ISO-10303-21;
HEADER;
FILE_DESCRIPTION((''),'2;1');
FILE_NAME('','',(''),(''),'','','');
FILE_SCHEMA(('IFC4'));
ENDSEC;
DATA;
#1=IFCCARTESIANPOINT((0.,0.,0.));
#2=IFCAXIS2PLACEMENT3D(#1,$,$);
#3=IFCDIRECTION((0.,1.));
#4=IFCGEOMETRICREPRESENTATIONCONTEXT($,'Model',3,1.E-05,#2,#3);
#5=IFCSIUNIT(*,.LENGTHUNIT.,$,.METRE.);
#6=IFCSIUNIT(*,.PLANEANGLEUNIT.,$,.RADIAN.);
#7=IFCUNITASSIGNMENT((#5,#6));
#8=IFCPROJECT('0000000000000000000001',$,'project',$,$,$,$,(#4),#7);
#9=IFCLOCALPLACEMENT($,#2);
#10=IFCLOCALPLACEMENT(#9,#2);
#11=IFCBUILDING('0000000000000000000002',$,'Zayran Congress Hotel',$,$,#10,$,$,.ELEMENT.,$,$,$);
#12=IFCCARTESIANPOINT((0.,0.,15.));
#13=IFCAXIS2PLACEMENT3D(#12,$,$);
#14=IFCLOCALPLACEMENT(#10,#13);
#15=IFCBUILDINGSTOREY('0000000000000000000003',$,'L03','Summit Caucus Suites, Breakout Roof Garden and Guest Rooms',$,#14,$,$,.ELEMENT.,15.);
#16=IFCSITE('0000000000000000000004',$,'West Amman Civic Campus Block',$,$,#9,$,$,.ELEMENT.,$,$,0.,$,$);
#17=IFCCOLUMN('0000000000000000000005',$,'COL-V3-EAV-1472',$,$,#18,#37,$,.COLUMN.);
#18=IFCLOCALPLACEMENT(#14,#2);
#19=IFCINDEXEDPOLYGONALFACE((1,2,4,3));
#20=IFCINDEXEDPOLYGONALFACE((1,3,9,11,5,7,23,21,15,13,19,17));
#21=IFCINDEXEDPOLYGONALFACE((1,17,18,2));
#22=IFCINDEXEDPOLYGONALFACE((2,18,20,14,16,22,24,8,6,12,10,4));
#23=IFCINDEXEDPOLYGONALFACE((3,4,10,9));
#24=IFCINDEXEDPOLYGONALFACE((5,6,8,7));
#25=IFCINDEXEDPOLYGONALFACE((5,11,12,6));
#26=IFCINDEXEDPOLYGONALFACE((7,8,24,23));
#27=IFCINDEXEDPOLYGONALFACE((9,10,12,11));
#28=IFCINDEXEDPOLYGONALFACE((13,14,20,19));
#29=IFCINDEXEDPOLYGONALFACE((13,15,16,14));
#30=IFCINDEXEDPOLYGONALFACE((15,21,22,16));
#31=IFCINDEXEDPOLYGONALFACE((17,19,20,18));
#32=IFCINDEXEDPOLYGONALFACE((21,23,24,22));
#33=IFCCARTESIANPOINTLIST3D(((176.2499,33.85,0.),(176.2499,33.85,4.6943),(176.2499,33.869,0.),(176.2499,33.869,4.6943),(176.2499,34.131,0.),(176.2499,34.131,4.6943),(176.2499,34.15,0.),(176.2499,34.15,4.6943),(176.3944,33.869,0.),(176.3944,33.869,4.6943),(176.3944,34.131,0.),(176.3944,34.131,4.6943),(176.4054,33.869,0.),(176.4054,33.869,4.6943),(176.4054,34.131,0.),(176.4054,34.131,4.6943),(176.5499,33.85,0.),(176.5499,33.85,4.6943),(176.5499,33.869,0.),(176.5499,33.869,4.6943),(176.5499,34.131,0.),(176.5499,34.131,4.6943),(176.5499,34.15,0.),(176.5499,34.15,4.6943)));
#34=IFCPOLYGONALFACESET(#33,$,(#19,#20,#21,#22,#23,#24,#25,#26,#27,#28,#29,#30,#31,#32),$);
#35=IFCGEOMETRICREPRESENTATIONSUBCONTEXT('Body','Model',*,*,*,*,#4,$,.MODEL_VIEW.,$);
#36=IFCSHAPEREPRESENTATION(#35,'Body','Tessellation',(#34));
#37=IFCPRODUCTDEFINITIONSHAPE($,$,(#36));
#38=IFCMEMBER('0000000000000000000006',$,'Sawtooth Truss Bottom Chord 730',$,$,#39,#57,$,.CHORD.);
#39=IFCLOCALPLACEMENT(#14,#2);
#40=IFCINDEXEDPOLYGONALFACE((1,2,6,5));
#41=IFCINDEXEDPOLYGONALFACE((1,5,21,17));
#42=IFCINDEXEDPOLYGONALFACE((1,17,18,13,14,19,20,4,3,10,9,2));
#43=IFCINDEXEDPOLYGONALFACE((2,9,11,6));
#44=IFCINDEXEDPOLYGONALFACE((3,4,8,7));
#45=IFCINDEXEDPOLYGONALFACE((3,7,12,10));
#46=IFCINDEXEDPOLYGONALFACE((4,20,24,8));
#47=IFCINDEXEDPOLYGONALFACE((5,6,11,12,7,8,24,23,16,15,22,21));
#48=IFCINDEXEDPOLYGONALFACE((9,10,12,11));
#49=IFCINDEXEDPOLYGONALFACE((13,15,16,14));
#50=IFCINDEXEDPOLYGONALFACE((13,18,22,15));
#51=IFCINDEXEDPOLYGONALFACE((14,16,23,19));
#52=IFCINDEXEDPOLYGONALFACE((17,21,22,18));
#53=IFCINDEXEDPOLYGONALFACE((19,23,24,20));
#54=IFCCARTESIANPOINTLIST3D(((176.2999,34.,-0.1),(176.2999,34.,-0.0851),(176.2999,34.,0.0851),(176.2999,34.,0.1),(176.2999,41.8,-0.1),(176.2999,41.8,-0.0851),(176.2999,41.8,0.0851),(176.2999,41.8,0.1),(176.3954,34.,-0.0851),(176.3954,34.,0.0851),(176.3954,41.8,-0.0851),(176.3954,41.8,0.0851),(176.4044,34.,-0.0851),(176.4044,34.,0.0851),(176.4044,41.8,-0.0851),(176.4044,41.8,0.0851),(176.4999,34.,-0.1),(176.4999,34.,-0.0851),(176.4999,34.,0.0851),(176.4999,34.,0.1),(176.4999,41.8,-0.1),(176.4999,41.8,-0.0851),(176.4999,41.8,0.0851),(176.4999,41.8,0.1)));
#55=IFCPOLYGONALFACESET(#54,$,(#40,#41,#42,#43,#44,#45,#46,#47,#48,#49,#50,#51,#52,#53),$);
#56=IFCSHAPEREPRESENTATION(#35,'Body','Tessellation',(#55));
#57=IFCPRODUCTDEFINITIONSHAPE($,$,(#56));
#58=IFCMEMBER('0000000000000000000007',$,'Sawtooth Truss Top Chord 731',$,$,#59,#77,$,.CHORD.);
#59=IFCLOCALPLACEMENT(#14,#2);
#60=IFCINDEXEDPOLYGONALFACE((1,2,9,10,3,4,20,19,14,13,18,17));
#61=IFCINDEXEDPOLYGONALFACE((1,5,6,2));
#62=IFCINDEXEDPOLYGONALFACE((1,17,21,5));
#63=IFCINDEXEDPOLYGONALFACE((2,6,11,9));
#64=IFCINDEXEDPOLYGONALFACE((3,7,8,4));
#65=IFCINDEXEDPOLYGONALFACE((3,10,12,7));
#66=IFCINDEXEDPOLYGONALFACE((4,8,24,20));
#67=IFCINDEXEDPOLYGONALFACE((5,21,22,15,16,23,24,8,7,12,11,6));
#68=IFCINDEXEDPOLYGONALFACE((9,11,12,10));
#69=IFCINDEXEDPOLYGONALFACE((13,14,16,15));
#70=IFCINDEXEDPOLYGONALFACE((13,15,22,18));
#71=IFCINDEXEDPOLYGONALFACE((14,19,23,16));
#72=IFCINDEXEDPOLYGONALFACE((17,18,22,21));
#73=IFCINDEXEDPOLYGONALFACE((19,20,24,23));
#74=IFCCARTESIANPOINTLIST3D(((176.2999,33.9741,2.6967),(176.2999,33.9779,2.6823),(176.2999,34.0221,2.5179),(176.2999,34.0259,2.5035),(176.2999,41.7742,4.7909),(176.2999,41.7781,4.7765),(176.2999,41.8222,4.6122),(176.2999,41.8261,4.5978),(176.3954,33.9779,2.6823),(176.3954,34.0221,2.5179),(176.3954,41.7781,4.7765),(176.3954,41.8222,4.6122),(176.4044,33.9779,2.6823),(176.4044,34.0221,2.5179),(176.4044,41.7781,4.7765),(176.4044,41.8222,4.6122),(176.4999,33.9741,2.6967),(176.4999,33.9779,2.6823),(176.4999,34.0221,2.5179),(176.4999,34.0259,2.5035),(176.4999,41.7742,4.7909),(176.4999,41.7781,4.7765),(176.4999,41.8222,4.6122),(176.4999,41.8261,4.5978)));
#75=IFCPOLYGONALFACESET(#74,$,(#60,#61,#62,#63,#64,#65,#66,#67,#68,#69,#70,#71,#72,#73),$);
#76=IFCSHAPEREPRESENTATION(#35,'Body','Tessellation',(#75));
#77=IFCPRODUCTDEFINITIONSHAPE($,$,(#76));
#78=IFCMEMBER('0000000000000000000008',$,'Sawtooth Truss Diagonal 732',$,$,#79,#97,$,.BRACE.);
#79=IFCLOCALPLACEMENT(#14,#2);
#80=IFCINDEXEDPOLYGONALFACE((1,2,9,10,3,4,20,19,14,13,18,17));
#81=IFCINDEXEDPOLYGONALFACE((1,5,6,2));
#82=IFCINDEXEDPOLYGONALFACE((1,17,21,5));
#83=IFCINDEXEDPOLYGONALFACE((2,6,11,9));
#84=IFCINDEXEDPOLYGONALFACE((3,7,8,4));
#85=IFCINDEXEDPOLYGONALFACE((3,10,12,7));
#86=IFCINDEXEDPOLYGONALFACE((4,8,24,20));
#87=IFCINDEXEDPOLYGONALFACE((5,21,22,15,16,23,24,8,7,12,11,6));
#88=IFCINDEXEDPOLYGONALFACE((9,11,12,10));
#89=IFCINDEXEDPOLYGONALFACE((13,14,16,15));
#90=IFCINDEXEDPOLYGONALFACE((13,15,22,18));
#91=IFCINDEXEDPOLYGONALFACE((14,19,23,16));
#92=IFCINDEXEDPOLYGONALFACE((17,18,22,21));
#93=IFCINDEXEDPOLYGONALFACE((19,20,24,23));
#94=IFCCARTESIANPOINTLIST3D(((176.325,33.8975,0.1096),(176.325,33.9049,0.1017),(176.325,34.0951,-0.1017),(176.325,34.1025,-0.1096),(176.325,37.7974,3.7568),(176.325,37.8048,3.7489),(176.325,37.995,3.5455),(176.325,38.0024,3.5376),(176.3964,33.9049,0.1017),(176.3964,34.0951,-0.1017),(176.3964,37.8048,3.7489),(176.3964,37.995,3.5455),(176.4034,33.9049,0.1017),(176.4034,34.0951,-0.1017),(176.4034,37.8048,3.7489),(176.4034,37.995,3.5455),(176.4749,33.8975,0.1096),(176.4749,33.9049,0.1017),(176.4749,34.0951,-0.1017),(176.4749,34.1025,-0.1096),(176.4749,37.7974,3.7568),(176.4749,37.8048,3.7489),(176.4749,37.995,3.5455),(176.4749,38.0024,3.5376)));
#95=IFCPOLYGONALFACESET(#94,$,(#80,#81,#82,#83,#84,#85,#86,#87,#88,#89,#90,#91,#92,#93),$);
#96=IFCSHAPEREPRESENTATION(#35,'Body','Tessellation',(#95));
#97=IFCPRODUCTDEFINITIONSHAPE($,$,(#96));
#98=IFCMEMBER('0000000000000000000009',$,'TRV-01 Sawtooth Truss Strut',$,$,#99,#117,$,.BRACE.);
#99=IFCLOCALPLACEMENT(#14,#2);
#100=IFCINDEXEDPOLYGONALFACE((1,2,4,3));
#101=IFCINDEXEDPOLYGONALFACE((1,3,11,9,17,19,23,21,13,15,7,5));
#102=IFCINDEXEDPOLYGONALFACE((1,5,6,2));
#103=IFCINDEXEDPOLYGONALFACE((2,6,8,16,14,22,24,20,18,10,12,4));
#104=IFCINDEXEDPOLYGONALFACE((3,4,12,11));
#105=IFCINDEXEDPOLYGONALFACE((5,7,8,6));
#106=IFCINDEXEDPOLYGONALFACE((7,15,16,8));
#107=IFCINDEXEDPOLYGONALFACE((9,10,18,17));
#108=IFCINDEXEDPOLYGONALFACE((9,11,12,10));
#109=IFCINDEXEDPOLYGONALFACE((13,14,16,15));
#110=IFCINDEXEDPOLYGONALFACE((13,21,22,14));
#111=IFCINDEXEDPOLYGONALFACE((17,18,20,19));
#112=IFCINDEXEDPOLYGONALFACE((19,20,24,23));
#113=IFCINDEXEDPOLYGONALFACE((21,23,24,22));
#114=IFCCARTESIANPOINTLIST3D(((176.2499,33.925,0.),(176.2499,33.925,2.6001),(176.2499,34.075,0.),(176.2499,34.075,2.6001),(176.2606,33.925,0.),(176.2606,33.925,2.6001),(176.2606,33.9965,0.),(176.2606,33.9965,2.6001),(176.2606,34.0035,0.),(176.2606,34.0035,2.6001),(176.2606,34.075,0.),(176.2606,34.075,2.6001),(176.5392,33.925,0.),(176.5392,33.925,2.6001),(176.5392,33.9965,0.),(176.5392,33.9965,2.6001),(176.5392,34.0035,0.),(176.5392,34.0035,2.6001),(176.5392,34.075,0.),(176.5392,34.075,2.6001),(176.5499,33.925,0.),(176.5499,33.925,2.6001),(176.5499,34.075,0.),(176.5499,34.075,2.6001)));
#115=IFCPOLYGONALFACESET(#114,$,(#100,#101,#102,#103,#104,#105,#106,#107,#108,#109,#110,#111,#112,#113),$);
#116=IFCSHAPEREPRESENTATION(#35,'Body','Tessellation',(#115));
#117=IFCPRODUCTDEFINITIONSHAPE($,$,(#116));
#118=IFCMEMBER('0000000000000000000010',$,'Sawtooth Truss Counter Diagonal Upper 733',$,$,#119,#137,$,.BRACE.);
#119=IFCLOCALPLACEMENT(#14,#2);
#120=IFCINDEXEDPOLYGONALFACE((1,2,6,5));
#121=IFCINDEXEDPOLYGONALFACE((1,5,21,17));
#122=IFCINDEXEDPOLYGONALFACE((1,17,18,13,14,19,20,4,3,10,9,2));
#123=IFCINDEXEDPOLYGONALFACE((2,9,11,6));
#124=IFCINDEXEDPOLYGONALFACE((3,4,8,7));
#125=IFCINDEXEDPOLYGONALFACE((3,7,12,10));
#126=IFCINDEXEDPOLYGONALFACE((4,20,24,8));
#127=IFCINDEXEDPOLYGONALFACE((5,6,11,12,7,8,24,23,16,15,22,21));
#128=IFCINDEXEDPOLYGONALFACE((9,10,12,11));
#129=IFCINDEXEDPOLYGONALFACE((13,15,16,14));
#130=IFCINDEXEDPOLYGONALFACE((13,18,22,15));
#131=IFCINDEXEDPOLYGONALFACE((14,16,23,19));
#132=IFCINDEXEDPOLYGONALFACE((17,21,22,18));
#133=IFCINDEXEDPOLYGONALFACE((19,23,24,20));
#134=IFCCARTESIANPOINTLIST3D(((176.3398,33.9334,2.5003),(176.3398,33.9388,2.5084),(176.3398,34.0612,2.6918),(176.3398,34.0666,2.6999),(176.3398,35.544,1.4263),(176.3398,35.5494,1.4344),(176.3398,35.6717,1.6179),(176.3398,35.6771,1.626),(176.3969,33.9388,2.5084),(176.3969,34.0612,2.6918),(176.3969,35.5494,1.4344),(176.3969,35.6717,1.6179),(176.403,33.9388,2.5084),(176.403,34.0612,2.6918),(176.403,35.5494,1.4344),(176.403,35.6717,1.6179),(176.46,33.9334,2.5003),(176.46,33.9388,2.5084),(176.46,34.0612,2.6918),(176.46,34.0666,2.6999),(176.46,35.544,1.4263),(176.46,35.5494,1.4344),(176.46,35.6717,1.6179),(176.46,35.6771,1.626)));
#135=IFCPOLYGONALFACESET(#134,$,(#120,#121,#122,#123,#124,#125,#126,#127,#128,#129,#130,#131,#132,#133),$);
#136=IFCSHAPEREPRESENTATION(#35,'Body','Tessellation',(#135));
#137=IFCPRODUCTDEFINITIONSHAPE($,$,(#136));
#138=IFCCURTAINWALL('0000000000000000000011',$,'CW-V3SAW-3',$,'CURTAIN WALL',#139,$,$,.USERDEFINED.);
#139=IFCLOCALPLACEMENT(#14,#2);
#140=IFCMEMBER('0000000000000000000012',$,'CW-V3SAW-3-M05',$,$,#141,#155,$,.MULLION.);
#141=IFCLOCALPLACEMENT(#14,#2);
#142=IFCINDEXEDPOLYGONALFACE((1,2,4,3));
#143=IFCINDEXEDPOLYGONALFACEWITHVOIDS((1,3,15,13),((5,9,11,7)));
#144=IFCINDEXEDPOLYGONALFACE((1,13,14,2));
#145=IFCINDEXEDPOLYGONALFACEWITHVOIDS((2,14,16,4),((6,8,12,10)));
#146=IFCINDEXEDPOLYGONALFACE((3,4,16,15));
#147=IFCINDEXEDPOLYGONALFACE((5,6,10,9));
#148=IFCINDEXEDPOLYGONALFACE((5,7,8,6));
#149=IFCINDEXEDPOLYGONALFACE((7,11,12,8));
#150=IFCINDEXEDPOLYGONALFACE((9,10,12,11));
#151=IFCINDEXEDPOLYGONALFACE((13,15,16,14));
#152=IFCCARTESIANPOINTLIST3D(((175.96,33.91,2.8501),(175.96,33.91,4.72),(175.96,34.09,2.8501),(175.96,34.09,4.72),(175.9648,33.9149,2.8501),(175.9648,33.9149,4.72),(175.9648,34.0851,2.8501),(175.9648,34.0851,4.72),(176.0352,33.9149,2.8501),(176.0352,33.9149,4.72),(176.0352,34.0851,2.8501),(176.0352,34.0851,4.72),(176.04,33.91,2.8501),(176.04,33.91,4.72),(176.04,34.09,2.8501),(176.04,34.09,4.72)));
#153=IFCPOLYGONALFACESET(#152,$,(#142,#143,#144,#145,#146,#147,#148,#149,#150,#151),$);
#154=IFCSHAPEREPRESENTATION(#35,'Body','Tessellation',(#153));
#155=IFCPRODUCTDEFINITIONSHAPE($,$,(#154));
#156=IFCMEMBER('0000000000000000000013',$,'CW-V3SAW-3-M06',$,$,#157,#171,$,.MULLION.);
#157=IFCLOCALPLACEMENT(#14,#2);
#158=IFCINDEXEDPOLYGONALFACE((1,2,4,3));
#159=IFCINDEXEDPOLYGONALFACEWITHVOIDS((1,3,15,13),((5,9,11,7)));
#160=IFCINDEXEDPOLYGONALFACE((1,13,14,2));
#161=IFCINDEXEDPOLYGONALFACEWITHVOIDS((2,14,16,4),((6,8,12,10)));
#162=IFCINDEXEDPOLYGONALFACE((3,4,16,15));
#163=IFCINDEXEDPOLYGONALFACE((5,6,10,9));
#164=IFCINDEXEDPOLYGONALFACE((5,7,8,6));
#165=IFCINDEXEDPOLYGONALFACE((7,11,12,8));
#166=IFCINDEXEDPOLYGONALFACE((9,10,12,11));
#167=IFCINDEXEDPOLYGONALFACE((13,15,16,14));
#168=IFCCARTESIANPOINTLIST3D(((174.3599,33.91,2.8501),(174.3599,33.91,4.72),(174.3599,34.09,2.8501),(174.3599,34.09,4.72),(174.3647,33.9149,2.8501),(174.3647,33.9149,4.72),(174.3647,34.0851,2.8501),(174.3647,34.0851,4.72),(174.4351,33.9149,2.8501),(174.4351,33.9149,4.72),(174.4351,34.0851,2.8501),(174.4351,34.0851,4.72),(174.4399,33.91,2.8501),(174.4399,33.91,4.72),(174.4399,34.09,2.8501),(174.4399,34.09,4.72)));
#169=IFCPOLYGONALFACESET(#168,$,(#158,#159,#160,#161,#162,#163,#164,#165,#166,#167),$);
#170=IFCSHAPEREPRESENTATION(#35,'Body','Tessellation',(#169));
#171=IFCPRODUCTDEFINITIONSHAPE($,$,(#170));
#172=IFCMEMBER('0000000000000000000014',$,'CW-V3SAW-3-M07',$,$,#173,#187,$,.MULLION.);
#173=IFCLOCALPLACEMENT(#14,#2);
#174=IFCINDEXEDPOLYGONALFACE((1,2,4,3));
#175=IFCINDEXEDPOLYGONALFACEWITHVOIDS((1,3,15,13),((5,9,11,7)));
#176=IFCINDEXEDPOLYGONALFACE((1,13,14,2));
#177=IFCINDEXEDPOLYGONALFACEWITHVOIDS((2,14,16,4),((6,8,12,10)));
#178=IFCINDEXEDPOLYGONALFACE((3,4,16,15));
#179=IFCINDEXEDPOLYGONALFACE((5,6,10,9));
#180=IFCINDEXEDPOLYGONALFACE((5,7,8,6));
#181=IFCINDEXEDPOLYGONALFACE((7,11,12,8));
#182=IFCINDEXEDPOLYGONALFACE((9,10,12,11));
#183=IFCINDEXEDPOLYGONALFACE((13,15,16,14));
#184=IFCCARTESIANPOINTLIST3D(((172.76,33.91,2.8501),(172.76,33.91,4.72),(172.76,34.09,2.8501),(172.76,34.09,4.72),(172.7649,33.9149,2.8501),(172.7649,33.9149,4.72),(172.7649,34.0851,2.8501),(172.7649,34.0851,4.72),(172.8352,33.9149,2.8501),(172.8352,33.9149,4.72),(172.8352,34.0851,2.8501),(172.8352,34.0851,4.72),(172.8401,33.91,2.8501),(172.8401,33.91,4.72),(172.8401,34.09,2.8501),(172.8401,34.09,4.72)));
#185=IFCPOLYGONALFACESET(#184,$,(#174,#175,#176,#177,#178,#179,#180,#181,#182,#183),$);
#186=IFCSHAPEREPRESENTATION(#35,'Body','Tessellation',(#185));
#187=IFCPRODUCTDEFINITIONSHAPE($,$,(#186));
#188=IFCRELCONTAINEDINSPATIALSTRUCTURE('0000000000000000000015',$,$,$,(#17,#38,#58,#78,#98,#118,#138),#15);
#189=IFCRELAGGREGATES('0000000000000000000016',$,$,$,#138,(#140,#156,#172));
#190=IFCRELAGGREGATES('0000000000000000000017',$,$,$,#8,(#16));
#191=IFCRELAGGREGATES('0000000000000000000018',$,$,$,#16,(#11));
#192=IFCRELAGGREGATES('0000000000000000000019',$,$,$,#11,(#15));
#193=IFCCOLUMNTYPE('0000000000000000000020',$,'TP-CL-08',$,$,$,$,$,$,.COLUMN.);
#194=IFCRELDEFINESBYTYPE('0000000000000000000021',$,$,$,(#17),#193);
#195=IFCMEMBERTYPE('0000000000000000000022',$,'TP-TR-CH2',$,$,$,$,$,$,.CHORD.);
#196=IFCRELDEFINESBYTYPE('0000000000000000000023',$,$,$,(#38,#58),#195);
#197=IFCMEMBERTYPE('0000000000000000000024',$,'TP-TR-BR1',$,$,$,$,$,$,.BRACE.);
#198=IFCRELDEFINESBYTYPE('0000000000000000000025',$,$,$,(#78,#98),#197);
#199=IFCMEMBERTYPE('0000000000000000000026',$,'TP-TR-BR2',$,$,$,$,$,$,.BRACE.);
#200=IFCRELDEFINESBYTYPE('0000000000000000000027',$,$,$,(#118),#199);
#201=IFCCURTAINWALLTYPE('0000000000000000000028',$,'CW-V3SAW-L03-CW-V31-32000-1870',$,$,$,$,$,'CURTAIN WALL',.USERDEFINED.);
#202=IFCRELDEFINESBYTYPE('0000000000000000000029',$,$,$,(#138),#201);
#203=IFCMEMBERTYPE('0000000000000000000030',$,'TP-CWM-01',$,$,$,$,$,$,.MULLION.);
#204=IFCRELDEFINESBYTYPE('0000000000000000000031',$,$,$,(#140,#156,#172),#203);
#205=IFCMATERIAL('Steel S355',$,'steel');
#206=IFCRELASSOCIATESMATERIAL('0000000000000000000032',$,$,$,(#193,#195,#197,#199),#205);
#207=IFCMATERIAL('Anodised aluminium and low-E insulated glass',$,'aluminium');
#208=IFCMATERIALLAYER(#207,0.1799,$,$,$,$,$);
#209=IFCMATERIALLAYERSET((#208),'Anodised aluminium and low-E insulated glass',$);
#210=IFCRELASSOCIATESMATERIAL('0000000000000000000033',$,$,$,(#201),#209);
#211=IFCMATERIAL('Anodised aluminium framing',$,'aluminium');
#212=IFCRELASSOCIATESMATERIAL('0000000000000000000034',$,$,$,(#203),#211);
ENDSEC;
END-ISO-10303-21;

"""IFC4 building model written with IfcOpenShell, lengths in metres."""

from ifc_helpers import new_model, si_unit, direction, frame, origin, origin_2d, place, context, subcontext, project, spatial, hollow_rectangle, i_section, extrude, material, layer, layer_set, material_profile, profile_set, type_object, element, aggregate, save


model = new_model("IFC4")

# Units and contexts
model_context = context("Model", 3, precision=1e-05, world=origin(), true_north=direction((0.0, 1.0)))
body_context = subcontext(model_context, "Body", "Model", "MODEL_VIEW")
ifc_project = project(units=[si_unit("LENGTHUNIT", "METRE"), si_unit("PLANEANGLEUNIT", "RADIAN")], contexts=[model_context])

# Site, building, storey
site_placement = place(None, origin())
site = spatial("IfcSite", under=ifc_project, at=site_placement, Name="West Amman Civic Campus Block", CompositionType="ELEMENT", RefElevation=0.0)
building_placement = place(site_placement, origin())
building = spatial("IfcBuilding", under=site, at=building_placement, Name="Zayran Congress Hotel", CompositionType="ELEMENT")
storey_placement = place(building_placement, frame((0.0, 0.0, 15.0)))
storey = spatial("IfcBuildingStorey", under=building, at=storey_placement, Name="L03", Description="Summit Caucus Suites, Breakout Roof Garden and Guest Rooms", CompositionType="ELEMENT", Elevation=15.0)

# Column
ifc_material_1 = material(Name="Steel S355", Category="steel")
ifc_material_profile_1 = material_profile(ifc_material_1, i_section(OverallWidth=0.3, OverallDepth=0.3, WebThickness=0.011, FlangeThickness=0.019, at=origin_2d()), Name="HEB 300")
ifc_profile_set_1 = profile_set([ifc_material_profile_1], Name="Steel S355")
column_type = type_object("IfcColumnType", Name="TP-CL-08", PredefinedType="COLUMN", material=ifc_profile_set_1)
column_placement = place(storey_placement, frame((176.3999, 34.0, 0.0), z_axis=(0.0, 0.0, 1.0), x_axis=(1.0, 0.0, 0.0)))
element("IfcColumn", 1, at=column_placement, inside=storey, type_object=column_type, Name="COL-V3-EAV-1472", PredefinedType="COLUMN", context=body_context, shape_type="SweptSolid", body=[
    extrude(i_section(OverallWidth=0.3, OverallDepth=0.3, WebThickness=0.011, FlangeThickness=0.019, at=origin_2d()), origin(), (0.0, 0.0, 1.0), 4.6943),
])

# Members
ifc_material_profile_2 = material_profile(ifc_material_1, i_section(OverallWidth=0.2, OverallDepth=0.2, WebThickness=0.009, FlangeThickness=0.0149, at=origin_2d()), Name="HEB 200")
ifc_profile_set_2 = profile_set([ifc_material_profile_2], Name="Steel S355")
member_type_1 = type_object("IfcMemberType", Name="TP-TR-CH2", PredefinedType="CHORD", material=ifc_profile_set_2)
member_1_placement = place(storey_placement, frame((176.3999, 34.0, 0.0), z_axis=(0.0, 1.0, 0.0), x_axis=(-1.0, 0.0, 0.0)))
element("IfcMember", 2, at=member_1_placement, inside=storey, type_object=member_type_1, Name="Sawtooth Truss Bottom Chord 730", PredefinedType="CHORD", context=body_context, shape_type="SweptSolid", body=[
    extrude(i_section(OverallWidth=0.2, OverallDepth=0.2, WebThickness=0.009, FlangeThickness=0.0149, at=origin_2d()), origin(), (0.0, 0.0, 1.0), 7.8),
])
member_2_placement = place(storey_placement, frame((176.3999, 34.0, 2.6001), z_axis=(0.0, 0.965795, 0.259307), x_axis=(-1.0, 0.0, 0.0)))
element("IfcMember", 3, at=member_2_placement, inside=storey, type_object=member_type_1, Name="Sawtooth Truss Top Chord 731", PredefinedType="CHORD", context=body_context, shape_type="SweptSolid", body=[
    extrude(i_section(OverallWidth=0.2, OverallDepth=0.2, WebThickness=0.009, FlangeThickness=0.0149, at=origin_2d()), origin(), (0.0, 0.0, 1.0), 8.0764),
])
ifc_material_profile_3 = material_profile(ifc_material_1, i_section(OverallWidth=0.1499, OverallDepth=0.3, WebThickness=0.0071, FlangeThickness=0.0107, at=origin_2d()), Name="IPE 300")
ifc_profile_set_3 = profile_set([ifc_material_profile_3], Name="Steel S355")
member_type_2 = type_object("IfcMemberType", Name="TP-TR-BR1", PredefinedType="BRACE", material=ifc_profile_set_3)
member_3_placement = place(storey_placement, frame((176.3999, 34.0, 0.0), z_axis=(0.0, 0.730372, 0.683049), x_axis=(-1.0, 0.0, 0.0)))
element("IfcMember", 4, at=member_3_placement, inside=storey, type_object=member_type_2, Name="Sawtooth Truss Diagonal 732", PredefinedType="BRACE", context=body_context, shape_type="SweptSolid", body=[
    extrude(i_section(OverallWidth=0.1499, OverallDepth=0.3, WebThickness=0.0071, FlangeThickness=0.0107, at=origin_2d()), origin(), (0.0, 0.0, 1.0), 5.3396),
])
member_4_placement = place(storey_placement, frame((176.3999, 34.0, 0.0), z_axis=(0.0, 0.0, 1.0), x_axis=(0.0, 1.0, 0.0)))
element("IfcMember", 5, at=member_4_placement, inside=storey, type_object=member_type_2, Name="TRV-01 Sawtooth Truss Strut", PredefinedType="BRACE", context=body_context, shape_type="SweptSolid", body=[
    extrude(i_section(OverallWidth=0.1499, OverallDepth=0.3, WebThickness=0.0071, FlangeThickness=0.0107, at=origin_2d()), origin(), (0.0, 0.0, 1.0), 2.6001),
])
ifc_material_profile_4 = material_profile(ifc_material_1, i_section(OverallWidth=0.1201, OverallDepth=0.24, WebThickness=0.0061, FlangeThickness=0.0098, at=origin_2d()), Name="IPE 240")
ifc_profile_set_4 = profile_set([ifc_material_profile_4], Name="Steel S355")
member_type_3 = type_object("IfcMemberType", Name="TP-TR-BR2", PredefinedType="BRACE", material=ifc_profile_set_4)
member_5_placement = place(storey_placement, frame((176.3999, 34.0, 2.6001), z_axis=(0.0, 0.831992, -0.554788), x_axis=(-1.0, 0.0, 0.0)))
element("IfcMember", 6, at=member_5_placement, inside=storey, type_object=member_type_3, Name="Sawtooth Truss Counter Diagonal Upper 733", PredefinedType="BRACE", context=body_context, shape_type="SweptSolid", body=[
    extrude(i_section(OverallWidth=0.1201, OverallDepth=0.24, WebThickness=0.0061, FlangeThickness=0.0098, at=origin_2d()), origin(), (0.0, 0.0, 1.0), 1.9358),
])

# Curtain wall, members
ifc_material_2 = material(Name="Anodised aluminium and low-E insulated glass", Category="aluminium")
ifc_layer_1 = layer(ifc_material_2, 0.1799)
ifc_layer_set_1 = layer_set([ifc_layer_1], Name="Anodised aluminium and low-E insulated glass")
curtain_wall_type = type_object("IfcCurtainWallType", Name="CW-V3SAW-L03-CW-V31-32000-1870", ElementType="CURTAIN WALL", PredefinedType="USERDEFINED", material=ifc_layer_set_1)
curtain_wall_placement = place(storey_placement, origin())
curtain_wall = element("IfcCurtainWall", 7, at=curtain_wall_placement, inside=storey, type_object=curtain_wall_type, Name="CW-V3SAW-3", ObjectType="CURTAIN WALL", PredefinedType="USERDEFINED")
ifc_material_3 = material(Name="Anodised aluminium framing", Category="aluminium")
ifc_material_profile_5 = material_profile(ifc_material_3, hollow_rectangle(XDim=0.0801, YDim=0.1799, WallThickness=0.0049, at=origin_2d()), Name="RHS 180x80x5")
ifc_profile_set_5 = profile_set([ifc_material_profile_5], Name="Anodised aluminium framing")
member_type_4 = type_object("IfcMemberType", Name="TP-CWM-01", PredefinedType="MULLION", material=ifc_profile_set_5)
member_6_placement = place(storey_placement, frame((176.0, 34.0, 2.8501), z_axis=(0.0, 0.0, 1.0), x_axis=(1.0, 0.0, 0.0)))
member_6 = element("IfcMember", 8, at=member_6_placement, type_object=member_type_4, Name="CW-V3SAW-3-M05", PredefinedType="MULLION", context=body_context, shape_type="SweptSolid", body=[
    extrude(hollow_rectangle(XDim=0.0801, YDim=0.1799, WallThickness=0.0049, at=origin_2d()), origin(), (0.0, 0.0, 1.0), 1.8699),
])
member_7_placement = place(storey_placement, frame((174.3999, 34.0, 2.8501), z_axis=(0.0, 0.0, 1.0), x_axis=(1.0, 0.0, 0.0)))
member_7 = element("IfcMember", 9, at=member_7_placement, type_object=member_type_4, Name="CW-V3SAW-3-M06", PredefinedType="MULLION", context=body_context, shape_type="SweptSolid", body=[
    extrude(hollow_rectangle(XDim=0.0801, YDim=0.1799, WallThickness=0.0049, at=origin_2d()), origin(), (0.0, 0.0, 1.0), 1.8699),
])
member_8_placement = place(storey_placement, frame((172.8, 34.0, 2.8501), z_axis=(0.0, 0.0, 1.0), x_axis=(1.0, 0.0, 0.0)))
member_8 = element("IfcMember", 10, at=member_8_placement, type_object=member_type_4, Name="CW-V3SAW-3-M07", PredefinedType="MULLION", context=body_context, shape_type="SweptSolid", body=[
    extrude(hollow_rectangle(XDim=0.0801, YDim=0.1799, WallThickness=0.0049, at=origin_2d()), origin(), (0.0, 0.0, 1.0), 1.8699),
])

aggregate(curtain_wall, [member_6, member_7, member_8])

save(model, "model.ifc")
